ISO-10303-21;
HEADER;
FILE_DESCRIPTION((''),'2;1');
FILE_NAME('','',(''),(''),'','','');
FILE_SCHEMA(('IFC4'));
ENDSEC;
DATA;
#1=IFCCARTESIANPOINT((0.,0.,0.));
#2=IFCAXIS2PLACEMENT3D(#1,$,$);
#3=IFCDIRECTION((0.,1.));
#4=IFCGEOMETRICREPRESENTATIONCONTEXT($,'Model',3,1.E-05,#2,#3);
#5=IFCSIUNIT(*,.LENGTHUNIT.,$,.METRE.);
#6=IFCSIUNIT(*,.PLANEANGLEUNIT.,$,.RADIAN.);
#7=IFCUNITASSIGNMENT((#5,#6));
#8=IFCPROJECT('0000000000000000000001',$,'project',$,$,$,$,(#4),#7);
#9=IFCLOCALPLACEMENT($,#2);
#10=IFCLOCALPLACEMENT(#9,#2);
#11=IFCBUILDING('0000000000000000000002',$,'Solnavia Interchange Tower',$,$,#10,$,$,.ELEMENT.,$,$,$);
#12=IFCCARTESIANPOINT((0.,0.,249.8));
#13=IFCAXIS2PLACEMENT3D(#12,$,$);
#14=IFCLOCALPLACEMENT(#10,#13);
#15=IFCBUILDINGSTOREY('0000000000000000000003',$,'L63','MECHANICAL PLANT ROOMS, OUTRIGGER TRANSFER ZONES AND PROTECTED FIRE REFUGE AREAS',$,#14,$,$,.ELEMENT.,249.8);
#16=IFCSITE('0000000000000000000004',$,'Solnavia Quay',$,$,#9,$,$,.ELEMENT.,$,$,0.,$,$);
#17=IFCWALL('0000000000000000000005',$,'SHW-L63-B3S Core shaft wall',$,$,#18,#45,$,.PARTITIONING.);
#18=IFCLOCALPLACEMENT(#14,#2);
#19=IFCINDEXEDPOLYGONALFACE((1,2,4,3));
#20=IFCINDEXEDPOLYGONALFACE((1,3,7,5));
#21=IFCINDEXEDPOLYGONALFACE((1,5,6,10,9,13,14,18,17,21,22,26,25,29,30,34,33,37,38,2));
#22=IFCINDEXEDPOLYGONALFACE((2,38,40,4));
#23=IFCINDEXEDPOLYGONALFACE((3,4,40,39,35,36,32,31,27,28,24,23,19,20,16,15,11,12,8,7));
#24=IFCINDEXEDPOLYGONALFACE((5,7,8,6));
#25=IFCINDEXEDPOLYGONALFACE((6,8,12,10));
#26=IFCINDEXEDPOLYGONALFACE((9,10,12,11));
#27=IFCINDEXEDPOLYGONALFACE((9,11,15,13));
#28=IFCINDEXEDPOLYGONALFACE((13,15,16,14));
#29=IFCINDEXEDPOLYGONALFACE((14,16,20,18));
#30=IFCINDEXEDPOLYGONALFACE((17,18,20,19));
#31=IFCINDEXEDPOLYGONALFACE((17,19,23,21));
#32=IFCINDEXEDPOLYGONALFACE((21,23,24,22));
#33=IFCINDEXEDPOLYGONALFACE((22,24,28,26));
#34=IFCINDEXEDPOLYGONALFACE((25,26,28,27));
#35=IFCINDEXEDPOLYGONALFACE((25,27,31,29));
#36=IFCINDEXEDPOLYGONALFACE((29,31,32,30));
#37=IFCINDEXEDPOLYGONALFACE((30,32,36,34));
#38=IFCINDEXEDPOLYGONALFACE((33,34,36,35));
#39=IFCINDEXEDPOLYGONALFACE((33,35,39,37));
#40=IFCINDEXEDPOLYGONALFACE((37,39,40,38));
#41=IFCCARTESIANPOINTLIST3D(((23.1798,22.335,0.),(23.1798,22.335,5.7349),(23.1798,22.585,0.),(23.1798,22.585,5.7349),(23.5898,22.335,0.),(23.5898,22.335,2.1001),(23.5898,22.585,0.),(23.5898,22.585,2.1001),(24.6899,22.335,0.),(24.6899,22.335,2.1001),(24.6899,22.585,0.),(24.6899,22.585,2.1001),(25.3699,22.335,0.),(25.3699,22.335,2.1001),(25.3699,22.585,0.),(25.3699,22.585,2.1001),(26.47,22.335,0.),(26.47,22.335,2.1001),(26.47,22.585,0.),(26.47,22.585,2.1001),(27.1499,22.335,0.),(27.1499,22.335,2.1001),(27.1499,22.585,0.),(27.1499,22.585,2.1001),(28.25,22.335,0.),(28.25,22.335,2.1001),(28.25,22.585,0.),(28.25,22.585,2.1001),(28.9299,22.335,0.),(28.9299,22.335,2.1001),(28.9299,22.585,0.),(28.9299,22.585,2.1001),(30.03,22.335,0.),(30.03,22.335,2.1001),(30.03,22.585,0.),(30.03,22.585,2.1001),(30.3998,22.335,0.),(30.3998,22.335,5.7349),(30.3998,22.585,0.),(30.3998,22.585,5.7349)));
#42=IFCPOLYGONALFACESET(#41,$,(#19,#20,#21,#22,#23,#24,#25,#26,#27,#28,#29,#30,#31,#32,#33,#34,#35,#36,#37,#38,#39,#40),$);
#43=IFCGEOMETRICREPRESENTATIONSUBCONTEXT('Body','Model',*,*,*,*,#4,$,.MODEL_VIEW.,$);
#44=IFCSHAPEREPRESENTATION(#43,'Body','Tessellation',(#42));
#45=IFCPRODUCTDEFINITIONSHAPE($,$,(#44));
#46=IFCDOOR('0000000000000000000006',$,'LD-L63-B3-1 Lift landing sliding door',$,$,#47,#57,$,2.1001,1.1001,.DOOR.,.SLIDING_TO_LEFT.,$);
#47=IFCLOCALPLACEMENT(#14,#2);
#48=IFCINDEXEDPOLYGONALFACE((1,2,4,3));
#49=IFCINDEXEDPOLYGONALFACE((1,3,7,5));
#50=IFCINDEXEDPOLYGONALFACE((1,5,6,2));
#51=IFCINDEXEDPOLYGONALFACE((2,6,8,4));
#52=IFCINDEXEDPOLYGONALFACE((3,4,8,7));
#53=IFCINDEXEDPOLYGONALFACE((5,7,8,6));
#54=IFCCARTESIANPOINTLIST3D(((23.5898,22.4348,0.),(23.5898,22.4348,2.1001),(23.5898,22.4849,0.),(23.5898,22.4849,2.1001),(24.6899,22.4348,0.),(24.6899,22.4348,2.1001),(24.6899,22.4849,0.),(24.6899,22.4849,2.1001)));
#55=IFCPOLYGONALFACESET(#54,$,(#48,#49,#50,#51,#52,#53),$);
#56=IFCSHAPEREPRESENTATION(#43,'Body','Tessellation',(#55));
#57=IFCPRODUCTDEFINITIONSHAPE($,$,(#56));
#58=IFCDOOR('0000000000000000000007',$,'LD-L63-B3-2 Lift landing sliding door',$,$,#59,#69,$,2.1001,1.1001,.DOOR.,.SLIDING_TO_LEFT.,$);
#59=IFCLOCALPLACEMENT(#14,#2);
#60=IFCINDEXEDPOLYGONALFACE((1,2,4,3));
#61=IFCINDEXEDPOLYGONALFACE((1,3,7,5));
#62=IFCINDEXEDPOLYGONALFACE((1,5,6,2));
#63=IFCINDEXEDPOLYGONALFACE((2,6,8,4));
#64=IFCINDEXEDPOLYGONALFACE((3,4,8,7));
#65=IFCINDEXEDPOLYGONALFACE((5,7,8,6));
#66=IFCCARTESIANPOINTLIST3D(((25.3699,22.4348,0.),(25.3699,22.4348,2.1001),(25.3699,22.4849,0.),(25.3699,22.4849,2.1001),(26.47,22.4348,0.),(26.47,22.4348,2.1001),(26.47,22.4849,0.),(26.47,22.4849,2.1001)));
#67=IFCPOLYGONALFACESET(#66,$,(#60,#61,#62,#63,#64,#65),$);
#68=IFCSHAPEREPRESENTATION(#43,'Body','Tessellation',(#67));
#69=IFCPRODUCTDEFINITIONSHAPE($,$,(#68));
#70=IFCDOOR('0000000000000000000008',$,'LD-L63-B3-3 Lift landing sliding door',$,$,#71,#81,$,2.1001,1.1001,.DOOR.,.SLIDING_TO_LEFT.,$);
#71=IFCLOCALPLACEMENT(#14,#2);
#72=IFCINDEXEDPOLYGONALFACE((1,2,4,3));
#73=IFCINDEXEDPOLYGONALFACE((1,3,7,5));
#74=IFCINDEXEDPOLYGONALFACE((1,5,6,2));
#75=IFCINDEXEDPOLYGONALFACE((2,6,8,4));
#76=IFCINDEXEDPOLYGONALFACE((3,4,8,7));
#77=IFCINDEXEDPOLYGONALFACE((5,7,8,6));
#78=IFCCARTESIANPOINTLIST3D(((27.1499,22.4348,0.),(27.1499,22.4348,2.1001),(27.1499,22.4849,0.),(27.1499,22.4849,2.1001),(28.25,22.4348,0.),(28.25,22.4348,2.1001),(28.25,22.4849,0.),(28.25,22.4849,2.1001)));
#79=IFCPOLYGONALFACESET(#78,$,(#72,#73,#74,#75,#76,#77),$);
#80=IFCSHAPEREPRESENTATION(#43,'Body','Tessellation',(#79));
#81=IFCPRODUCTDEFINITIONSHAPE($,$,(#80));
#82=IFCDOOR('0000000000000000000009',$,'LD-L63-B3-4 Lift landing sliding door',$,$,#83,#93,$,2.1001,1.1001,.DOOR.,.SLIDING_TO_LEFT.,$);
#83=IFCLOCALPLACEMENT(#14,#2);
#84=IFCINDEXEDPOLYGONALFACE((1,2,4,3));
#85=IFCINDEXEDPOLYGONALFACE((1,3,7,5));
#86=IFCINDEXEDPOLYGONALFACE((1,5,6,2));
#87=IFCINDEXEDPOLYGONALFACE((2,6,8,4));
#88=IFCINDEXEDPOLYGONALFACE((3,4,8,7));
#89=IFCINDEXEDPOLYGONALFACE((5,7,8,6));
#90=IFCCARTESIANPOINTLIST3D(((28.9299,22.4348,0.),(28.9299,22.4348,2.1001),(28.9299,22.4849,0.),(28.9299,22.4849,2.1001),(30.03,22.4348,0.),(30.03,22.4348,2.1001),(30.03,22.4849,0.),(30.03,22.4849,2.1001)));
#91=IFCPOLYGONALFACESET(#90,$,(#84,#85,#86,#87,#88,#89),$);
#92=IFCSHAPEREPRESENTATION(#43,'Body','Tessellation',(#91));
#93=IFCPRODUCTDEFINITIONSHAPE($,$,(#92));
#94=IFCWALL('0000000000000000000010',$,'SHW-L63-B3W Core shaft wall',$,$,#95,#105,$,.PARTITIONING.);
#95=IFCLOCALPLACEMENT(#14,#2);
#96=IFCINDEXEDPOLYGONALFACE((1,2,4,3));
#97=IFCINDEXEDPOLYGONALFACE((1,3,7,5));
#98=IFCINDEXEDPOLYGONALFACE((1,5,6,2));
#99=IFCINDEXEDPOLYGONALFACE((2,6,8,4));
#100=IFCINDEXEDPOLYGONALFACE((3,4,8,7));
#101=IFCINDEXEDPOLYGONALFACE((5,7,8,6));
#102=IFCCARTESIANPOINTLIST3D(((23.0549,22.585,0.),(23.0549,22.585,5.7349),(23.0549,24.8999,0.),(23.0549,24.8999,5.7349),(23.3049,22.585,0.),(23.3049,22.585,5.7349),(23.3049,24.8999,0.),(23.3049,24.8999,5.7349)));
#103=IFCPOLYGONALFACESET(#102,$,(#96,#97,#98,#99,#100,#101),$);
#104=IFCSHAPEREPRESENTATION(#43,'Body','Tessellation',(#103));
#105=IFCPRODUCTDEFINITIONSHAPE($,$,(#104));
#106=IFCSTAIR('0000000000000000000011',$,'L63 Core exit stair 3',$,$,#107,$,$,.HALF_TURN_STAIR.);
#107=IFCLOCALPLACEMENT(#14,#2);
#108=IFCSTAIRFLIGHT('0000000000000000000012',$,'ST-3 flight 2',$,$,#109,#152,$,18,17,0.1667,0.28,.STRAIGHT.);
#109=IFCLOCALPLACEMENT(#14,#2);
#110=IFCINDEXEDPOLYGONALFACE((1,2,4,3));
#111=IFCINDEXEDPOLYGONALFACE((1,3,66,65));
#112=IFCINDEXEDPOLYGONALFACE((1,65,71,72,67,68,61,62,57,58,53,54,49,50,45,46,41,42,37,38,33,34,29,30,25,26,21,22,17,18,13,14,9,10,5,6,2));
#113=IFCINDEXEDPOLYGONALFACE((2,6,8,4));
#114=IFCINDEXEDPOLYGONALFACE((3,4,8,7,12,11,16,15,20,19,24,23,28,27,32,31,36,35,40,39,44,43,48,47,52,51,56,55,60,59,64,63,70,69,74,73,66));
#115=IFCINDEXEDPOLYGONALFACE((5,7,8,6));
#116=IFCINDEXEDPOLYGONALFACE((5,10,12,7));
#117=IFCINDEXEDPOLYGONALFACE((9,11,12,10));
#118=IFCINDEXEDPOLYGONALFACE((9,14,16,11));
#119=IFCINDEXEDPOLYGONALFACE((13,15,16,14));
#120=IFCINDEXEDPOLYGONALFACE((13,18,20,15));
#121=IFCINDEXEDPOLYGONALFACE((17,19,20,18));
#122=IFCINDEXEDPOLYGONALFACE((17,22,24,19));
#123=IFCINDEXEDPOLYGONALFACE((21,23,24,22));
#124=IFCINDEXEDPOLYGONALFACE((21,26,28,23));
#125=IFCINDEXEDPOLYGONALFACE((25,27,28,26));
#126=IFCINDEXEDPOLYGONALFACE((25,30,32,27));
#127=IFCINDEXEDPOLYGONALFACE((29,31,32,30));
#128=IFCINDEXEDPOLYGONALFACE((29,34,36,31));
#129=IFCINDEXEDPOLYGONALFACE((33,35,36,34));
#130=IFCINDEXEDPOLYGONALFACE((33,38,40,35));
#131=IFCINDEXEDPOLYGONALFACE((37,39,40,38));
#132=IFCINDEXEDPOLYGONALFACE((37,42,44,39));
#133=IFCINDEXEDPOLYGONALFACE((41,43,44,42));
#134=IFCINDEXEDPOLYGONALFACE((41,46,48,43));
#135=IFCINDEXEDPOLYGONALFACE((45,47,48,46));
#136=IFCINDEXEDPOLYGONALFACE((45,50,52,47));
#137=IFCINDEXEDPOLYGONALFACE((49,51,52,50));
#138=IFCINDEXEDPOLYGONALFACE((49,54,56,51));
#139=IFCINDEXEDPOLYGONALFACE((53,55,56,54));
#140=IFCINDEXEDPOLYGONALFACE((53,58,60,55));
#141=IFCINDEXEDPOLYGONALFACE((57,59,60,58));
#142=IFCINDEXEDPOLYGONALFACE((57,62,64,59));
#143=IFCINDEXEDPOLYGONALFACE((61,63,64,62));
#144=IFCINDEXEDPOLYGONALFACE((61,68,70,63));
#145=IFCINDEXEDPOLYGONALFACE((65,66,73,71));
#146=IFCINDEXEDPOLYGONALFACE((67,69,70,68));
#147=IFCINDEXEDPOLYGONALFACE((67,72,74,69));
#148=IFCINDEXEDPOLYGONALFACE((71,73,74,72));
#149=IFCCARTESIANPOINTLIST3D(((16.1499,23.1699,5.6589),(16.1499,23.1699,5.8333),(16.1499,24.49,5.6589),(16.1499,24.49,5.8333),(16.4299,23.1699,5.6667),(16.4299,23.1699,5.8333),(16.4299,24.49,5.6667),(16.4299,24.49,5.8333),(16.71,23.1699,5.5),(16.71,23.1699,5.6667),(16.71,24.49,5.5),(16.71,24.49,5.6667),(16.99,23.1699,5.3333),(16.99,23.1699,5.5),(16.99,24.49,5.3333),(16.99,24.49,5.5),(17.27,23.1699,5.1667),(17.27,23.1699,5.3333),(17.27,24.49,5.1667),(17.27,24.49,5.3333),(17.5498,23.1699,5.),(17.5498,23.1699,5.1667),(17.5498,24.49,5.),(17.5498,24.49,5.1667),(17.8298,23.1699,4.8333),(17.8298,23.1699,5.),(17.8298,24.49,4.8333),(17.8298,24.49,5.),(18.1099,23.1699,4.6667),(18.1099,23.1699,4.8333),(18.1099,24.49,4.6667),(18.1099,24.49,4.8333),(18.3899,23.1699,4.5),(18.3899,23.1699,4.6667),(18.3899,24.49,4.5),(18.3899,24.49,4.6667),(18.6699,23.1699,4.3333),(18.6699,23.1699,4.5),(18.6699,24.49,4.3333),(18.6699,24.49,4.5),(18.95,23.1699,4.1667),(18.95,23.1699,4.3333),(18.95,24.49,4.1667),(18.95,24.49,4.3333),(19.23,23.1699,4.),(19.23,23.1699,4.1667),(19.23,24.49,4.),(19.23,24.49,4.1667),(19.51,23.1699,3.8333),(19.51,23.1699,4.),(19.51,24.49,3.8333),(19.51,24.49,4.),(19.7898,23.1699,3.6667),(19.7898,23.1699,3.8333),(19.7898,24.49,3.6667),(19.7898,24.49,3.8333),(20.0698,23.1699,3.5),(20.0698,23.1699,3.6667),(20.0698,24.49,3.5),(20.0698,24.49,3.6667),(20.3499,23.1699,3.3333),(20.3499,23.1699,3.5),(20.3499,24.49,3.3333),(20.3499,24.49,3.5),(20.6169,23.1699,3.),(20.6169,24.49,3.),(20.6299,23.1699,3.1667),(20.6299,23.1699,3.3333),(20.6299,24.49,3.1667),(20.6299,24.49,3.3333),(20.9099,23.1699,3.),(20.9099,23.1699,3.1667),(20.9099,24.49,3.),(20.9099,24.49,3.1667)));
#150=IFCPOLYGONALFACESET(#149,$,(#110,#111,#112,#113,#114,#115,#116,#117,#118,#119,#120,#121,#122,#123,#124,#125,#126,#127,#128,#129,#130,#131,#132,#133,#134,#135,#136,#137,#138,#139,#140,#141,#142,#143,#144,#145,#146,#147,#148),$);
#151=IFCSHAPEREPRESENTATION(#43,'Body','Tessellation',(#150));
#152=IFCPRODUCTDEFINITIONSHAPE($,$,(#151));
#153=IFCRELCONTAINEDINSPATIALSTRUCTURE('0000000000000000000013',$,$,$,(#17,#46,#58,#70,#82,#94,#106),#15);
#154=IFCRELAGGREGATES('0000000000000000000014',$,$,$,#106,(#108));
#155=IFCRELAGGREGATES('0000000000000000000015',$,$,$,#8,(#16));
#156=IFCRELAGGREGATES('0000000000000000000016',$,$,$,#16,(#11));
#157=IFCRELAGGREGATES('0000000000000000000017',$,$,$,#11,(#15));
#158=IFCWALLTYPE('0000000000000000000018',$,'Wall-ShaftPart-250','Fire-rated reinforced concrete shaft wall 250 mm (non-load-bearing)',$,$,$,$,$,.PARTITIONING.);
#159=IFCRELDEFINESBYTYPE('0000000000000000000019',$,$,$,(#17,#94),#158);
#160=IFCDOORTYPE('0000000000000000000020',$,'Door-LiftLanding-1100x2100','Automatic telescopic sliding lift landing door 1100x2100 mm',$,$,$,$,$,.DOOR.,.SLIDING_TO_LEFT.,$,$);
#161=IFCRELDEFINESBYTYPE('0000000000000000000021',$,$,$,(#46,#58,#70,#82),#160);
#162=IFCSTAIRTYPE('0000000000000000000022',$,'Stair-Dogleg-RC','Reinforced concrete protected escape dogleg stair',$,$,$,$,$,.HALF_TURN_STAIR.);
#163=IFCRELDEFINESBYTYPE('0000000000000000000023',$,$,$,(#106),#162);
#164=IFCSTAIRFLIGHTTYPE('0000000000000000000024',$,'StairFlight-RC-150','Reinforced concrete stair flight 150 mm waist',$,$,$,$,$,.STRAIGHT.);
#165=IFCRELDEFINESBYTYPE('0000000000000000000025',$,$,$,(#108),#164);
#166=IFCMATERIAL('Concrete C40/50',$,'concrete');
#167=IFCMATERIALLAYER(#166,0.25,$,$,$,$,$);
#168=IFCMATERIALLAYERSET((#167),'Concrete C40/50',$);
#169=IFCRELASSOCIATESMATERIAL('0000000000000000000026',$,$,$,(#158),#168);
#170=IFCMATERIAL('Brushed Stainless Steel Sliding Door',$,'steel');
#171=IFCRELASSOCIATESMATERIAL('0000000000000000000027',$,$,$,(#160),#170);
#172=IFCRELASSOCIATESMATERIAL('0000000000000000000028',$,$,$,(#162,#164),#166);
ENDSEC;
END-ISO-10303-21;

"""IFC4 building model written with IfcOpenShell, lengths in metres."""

from ifc_helpers import new_model, si_unit, direction, frame, frame_2d, origin, place, context, subcontext, project, spatial, polyline, rectangle, outline, extrude, material, layer, layer_set, type_object, element, fill, aggregate, save


model = new_model("IFC4")

# Units and contexts
model_context = context("Model", 3, precision=1e-05, world=origin(), true_north=direction((0.0, 1.0)))
body_context = subcontext(model_context, "Body", "Model", "MODEL_VIEW")
ifc_project = project(units=[si_unit("LENGTHUNIT", "METRE"), si_unit("PLANEANGLEUNIT", "RADIAN")], contexts=[model_context])

# Site, building, storey
site_placement = place(None, origin())
site = spatial("IfcSite", under=ifc_project, at=site_placement, Name="Solnavia Quay", CompositionType="ELEMENT", RefElevation=0.0)
building_placement = place(site_placement, origin())
building = spatial("IfcBuilding", under=site, at=building_placement, Name="Solnavia Interchange Tower", CompositionType="ELEMENT")
storey_placement = place(building_placement, frame((0.0, 0.0, 249.8)))
storey = spatial("IfcBuildingStorey", under=building, at=storey_placement, Name="L63", Description="MECHANICAL PLANT ROOMS, OUTRIGGER TRANSFER ZONES AND PROTECTED FIRE REFUGE AREAS", CompositionType="ELEMENT", Elevation=249.8)

# Shared definitions
ifc_material_1 = material(Name="Concrete C40/50", Category="concrete")

# Wall, openings, doors
ifc_layer_1 = layer(ifc_material_1, 0.25)
ifc_layer_set_1 = layer_set([ifc_layer_1], Name="Concrete C40/50")
wall_type_1 = type_object("IfcWallType", Name="Wall-ShaftPart-250", Description="Fire-rated reinforced concrete shaft wall 250 mm (non-load-bearing)", PredefinedType="PARTITIONING", material=ifc_layer_set_1)
wall_1_placement = place(storey_placement, frame((23.1799, 22.46, 0.0), z_axis=(0.0, 0.0, 1.0), x_axis=(1.0, 0.0, 0.0)))
wall_1 = element("IfcWall", 1, at=wall_1_placement, inside=storey, type_object=wall_type_1, Name="SHW-L63-B3S Core shaft wall", PredefinedType="PARTITIONING", context=body_context, shape_type="SweptSolid", body=[
    extrude(rectangle(XDim=7.22, YDim=0.25, at=frame_2d((3.6099, 0.0))), origin(), (0.0, 0.0, 1.0), 5.7349),
])
opening_1_placement = place(wall_1_placement, frame((0.4099, 0.0, 0.0)))
opening_1 = element("IfcOpeningElement", 2, at=opening_1_placement, cuts=wall_1, PredefinedType="OPENING", context=body_context, shape_type="SweptSolid", body=[
    extrude(rectangle(XDim=1.1001, YDim=2.1001, at=frame_2d((0.55, 1.05))), frame((0.0, 0.135, 0.0), z_axis=(0.0, -1.0, 0.0), x_axis=(1.0, 0.0, 0.0)), (0.0, 0.0, 1.0), 0.27),
])
opening_2_placement = place(wall_1_placement, frame((2.1899, 0.0, 0.0)))
opening_2 = element("IfcOpeningElement", 3, at=opening_2_placement, cuts=wall_1, PredefinedType="OPENING", context=body_context, shape_type="SweptSolid", body=[
    extrude(rectangle(XDim=1.1001, YDim=2.1001, at=frame_2d((0.55, 1.05))), frame((0.0, 0.135, 0.0), z_axis=(0.0, -1.0, 0.0), x_axis=(1.0, 0.0, 0.0)), (0.0, 0.0, 1.0), 0.27),
])
opening_3_placement = place(wall_1_placement, frame((3.97, 0.0, 0.0)))
opening_3 = element("IfcOpeningElement", 4, at=opening_3_placement, cuts=wall_1, PredefinedType="OPENING", context=body_context, shape_type="SweptSolid", body=[
    extrude(rectangle(XDim=1.1001, YDim=2.1001, at=frame_2d((0.55, 1.05))), frame((0.0, 0.135, 0.0), z_axis=(0.0, -1.0, 0.0), x_axis=(1.0, 0.0, 0.0)), (0.0, 0.0, 1.0), 0.27),
])
opening_4_placement = place(wall_1_placement, frame((5.75, 0.0, 0.0)))
opening_4 = element("IfcOpeningElement", 5, at=opening_4_placement, cuts=wall_1, PredefinedType="OPENING", context=body_context, shape_type="SweptSolid", body=[
    extrude(rectangle(XDim=1.1001, YDim=2.1001, at=frame_2d((0.55, 1.05))), frame((0.0, 0.135, 0.0), z_axis=(0.0, -1.0, 0.0), x_axis=(1.0, 0.0, 0.0)), (0.0, 0.0, 1.0), 0.27),
])
ifc_material_2 = material(Name="Brushed Stainless Steel Sliding Door", Category="steel")
door_type = type_object("IfcDoorType", Name="Door-LiftLanding-1100x2100", Description="Automatic telescopic sliding lift landing door 1100x2100 mm", OperationType="SLIDING_TO_LEFT", PredefinedType="DOOR", material=ifc_material_2)
door_1_placement = place(opening_1_placement, origin())
door_1 = element("IfcDoor", 6, at=door_1_placement, inside=storey, type_object=door_type, Name="LD-L63-B3-1 Lift landing sliding door", OperationType="SLIDING_TO_LEFT", OverallHeight=2.1001, OverallWidth=1.1001, PredefinedType="DOOR", context=body_context, shape_type="SweptSolid", body=[
    extrude(rectangle(XDim=1.1001, YDim=2.1001, at=frame_2d((0.55, 1.05))), frame((0.0, 0.0249, 0.0), z_axis=(0.0, -1.0, 0.0), x_axis=(1.0, 0.0, 0.0)), (0.0, 0.0, 1.0), 0.05),
])
fill(opening_1, door_1)
door_2_placement = place(opening_2_placement, origin())
door_2 = element("IfcDoor", 7, at=door_2_placement, inside=storey, type_object=door_type, Name="LD-L63-B3-2 Lift landing sliding door", OperationType="SLIDING_TO_LEFT", OverallHeight=2.1001, OverallWidth=1.1001, PredefinedType="DOOR", context=body_context, shape_type="SweptSolid", body=[
    extrude(rectangle(XDim=1.1001, YDim=2.1001, at=frame_2d((0.55, 1.05))), frame((0.0, 0.0249, 0.0), z_axis=(0.0, -1.0, 0.0), x_axis=(1.0, 0.0, 0.0)), (0.0, 0.0, 1.0), 0.05),
])
fill(opening_2, door_2)
door_3_placement = place(opening_3_placement, origin())
door_3 = element("IfcDoor", 8, at=door_3_placement, inside=storey, type_object=door_type, Name="LD-L63-B3-3 Lift landing sliding door", OperationType="SLIDING_TO_LEFT", OverallHeight=2.1001, OverallWidth=1.1001, PredefinedType="DOOR", context=body_context, shape_type="SweptSolid", body=[
    extrude(rectangle(XDim=1.1001, YDim=2.1001, at=frame_2d((0.55, 1.05))), frame((0.0, 0.0249, 0.0), z_axis=(0.0, -1.0, 0.0), x_axis=(1.0, 0.0, 0.0)), (0.0, 0.0, 1.0), 0.05),
])
fill(opening_3, door_3)
door_4_placement = place(opening_4_placement, origin())
door_4 = element("IfcDoor", 9, at=door_4_placement, inside=storey, type_object=door_type, Name="LD-L63-B3-4 Lift landing sliding door", OperationType="SLIDING_TO_LEFT", OverallHeight=2.1001, OverallWidth=1.1001, PredefinedType="DOOR", context=body_context, shape_type="SweptSolid", body=[
    extrude(rectangle(XDim=1.1001, YDim=2.1001, at=frame_2d((0.55, 1.05))), frame((0.0, 0.0249, 0.0), z_axis=(0.0, -1.0, 0.0), x_axis=(1.0, 0.0, 0.0)), (0.0, 0.0, 1.0), 0.05),
])
fill(opening_4, door_4)

# Wall
wall_2_placement = place(storey_placement, frame((23.1799, 22.585, 0.0), z_axis=(0.0, 0.0, 1.0), x_axis=(0.0, 1.0, 0.0)))
element("IfcWall", 10, at=wall_2_placement, inside=storey, type_object=wall_type_1, Name="SHW-L63-B3W Core shaft wall", PredefinedType="PARTITIONING", context=body_context, shape_type="SweptSolid", body=[
    extrude(rectangle(XDim=2.3149, YDim=0.25, at=frame_2d((1.1575, 0.0))), origin(), (0.0, 0.0, 1.0), 5.7349),
])

# Stair, stair flight
stair_type = type_object("IfcStairType", Name="Stair-Dogleg-RC", Description="Reinforced concrete protected escape dogleg stair", PredefinedType="HALF_TURN_STAIR", material=ifc_material_1)
stair_placement = place(storey_placement, origin())
stair = element("IfcStair", 11, at=stair_placement, inside=storey, type_object=stair_type, Name="L63 Core exit stair 3", PredefinedType="HALF_TURN_STAIR")
stair_flight_type = type_object("IfcStairFlightType", Name="StairFlight-RC-150", Description="Reinforced concrete stair flight 150 mm waist", PredefinedType="STRAIGHT", material=ifc_material_1)
stair_flight_placement = place(storey_placement, frame((20.9099, 23.8301, 3.0), z_axis=(0.0, 0.0, 1.0), x_axis=(-1.0, 0.0, 0.0)))
stair_flight = element("IfcStairFlight", 12, at=stair_flight_placement, type_object=stair_flight_type, Name="ST-3 flight 2", NumberOfRisers=18, NumberOfTreads=17, PredefinedType="STRAIGHT", RiserHeight=0.1667, TreadLength=0.28, context=body_context, shape_type="SweptSolid", body=[
    extrude(outline(polyline([(0.0, 0.0), (0.0, 0.1667), (0.28, 0.1667), (0.28, 0.3333), (0.5601, 0.3333), (0.5601, 0.5), (0.8401, 0.5), (0.8401, 0.6667), (1.1201, 0.6667), (1.1201, 0.8333), (1.3999, 0.8333), (1.3999, 1.0), (1.6799, 1.0), (1.6799, 1.1667), (1.96, 1.1667), (1.96, 1.3333), (2.24, 1.3333), (2.24, 1.5), (2.52, 1.5), (2.52, 1.6667), (2.8, 1.6667), (2.8, 1.8333), (3.0801, 1.8333), (3.0801, 2.0), (3.3601, 2.0), (3.3601, 2.1667), (3.6399, 2.1667), (3.6399, 2.3333), (3.9199, 2.3333), (3.9199, 2.5), (4.2, 2.5), (4.2, 2.6667), (4.48, 2.6667), (4.48, 2.8333), (4.76, 2.8333), (4.76, 3.0), (4.76, 2.6589), (0.293, 0.0), (0.0, 0.0)])), frame((0.0, 0.6602, 0.0), z_axis=(0.0, -1.0, 0.0), x_axis=(1.0, 0.0, 0.0)), (0.0, 0.0, 1.0), 1.3201),
])
aggregate(stair, [stair_flight])

save(model, "model.ifc")
